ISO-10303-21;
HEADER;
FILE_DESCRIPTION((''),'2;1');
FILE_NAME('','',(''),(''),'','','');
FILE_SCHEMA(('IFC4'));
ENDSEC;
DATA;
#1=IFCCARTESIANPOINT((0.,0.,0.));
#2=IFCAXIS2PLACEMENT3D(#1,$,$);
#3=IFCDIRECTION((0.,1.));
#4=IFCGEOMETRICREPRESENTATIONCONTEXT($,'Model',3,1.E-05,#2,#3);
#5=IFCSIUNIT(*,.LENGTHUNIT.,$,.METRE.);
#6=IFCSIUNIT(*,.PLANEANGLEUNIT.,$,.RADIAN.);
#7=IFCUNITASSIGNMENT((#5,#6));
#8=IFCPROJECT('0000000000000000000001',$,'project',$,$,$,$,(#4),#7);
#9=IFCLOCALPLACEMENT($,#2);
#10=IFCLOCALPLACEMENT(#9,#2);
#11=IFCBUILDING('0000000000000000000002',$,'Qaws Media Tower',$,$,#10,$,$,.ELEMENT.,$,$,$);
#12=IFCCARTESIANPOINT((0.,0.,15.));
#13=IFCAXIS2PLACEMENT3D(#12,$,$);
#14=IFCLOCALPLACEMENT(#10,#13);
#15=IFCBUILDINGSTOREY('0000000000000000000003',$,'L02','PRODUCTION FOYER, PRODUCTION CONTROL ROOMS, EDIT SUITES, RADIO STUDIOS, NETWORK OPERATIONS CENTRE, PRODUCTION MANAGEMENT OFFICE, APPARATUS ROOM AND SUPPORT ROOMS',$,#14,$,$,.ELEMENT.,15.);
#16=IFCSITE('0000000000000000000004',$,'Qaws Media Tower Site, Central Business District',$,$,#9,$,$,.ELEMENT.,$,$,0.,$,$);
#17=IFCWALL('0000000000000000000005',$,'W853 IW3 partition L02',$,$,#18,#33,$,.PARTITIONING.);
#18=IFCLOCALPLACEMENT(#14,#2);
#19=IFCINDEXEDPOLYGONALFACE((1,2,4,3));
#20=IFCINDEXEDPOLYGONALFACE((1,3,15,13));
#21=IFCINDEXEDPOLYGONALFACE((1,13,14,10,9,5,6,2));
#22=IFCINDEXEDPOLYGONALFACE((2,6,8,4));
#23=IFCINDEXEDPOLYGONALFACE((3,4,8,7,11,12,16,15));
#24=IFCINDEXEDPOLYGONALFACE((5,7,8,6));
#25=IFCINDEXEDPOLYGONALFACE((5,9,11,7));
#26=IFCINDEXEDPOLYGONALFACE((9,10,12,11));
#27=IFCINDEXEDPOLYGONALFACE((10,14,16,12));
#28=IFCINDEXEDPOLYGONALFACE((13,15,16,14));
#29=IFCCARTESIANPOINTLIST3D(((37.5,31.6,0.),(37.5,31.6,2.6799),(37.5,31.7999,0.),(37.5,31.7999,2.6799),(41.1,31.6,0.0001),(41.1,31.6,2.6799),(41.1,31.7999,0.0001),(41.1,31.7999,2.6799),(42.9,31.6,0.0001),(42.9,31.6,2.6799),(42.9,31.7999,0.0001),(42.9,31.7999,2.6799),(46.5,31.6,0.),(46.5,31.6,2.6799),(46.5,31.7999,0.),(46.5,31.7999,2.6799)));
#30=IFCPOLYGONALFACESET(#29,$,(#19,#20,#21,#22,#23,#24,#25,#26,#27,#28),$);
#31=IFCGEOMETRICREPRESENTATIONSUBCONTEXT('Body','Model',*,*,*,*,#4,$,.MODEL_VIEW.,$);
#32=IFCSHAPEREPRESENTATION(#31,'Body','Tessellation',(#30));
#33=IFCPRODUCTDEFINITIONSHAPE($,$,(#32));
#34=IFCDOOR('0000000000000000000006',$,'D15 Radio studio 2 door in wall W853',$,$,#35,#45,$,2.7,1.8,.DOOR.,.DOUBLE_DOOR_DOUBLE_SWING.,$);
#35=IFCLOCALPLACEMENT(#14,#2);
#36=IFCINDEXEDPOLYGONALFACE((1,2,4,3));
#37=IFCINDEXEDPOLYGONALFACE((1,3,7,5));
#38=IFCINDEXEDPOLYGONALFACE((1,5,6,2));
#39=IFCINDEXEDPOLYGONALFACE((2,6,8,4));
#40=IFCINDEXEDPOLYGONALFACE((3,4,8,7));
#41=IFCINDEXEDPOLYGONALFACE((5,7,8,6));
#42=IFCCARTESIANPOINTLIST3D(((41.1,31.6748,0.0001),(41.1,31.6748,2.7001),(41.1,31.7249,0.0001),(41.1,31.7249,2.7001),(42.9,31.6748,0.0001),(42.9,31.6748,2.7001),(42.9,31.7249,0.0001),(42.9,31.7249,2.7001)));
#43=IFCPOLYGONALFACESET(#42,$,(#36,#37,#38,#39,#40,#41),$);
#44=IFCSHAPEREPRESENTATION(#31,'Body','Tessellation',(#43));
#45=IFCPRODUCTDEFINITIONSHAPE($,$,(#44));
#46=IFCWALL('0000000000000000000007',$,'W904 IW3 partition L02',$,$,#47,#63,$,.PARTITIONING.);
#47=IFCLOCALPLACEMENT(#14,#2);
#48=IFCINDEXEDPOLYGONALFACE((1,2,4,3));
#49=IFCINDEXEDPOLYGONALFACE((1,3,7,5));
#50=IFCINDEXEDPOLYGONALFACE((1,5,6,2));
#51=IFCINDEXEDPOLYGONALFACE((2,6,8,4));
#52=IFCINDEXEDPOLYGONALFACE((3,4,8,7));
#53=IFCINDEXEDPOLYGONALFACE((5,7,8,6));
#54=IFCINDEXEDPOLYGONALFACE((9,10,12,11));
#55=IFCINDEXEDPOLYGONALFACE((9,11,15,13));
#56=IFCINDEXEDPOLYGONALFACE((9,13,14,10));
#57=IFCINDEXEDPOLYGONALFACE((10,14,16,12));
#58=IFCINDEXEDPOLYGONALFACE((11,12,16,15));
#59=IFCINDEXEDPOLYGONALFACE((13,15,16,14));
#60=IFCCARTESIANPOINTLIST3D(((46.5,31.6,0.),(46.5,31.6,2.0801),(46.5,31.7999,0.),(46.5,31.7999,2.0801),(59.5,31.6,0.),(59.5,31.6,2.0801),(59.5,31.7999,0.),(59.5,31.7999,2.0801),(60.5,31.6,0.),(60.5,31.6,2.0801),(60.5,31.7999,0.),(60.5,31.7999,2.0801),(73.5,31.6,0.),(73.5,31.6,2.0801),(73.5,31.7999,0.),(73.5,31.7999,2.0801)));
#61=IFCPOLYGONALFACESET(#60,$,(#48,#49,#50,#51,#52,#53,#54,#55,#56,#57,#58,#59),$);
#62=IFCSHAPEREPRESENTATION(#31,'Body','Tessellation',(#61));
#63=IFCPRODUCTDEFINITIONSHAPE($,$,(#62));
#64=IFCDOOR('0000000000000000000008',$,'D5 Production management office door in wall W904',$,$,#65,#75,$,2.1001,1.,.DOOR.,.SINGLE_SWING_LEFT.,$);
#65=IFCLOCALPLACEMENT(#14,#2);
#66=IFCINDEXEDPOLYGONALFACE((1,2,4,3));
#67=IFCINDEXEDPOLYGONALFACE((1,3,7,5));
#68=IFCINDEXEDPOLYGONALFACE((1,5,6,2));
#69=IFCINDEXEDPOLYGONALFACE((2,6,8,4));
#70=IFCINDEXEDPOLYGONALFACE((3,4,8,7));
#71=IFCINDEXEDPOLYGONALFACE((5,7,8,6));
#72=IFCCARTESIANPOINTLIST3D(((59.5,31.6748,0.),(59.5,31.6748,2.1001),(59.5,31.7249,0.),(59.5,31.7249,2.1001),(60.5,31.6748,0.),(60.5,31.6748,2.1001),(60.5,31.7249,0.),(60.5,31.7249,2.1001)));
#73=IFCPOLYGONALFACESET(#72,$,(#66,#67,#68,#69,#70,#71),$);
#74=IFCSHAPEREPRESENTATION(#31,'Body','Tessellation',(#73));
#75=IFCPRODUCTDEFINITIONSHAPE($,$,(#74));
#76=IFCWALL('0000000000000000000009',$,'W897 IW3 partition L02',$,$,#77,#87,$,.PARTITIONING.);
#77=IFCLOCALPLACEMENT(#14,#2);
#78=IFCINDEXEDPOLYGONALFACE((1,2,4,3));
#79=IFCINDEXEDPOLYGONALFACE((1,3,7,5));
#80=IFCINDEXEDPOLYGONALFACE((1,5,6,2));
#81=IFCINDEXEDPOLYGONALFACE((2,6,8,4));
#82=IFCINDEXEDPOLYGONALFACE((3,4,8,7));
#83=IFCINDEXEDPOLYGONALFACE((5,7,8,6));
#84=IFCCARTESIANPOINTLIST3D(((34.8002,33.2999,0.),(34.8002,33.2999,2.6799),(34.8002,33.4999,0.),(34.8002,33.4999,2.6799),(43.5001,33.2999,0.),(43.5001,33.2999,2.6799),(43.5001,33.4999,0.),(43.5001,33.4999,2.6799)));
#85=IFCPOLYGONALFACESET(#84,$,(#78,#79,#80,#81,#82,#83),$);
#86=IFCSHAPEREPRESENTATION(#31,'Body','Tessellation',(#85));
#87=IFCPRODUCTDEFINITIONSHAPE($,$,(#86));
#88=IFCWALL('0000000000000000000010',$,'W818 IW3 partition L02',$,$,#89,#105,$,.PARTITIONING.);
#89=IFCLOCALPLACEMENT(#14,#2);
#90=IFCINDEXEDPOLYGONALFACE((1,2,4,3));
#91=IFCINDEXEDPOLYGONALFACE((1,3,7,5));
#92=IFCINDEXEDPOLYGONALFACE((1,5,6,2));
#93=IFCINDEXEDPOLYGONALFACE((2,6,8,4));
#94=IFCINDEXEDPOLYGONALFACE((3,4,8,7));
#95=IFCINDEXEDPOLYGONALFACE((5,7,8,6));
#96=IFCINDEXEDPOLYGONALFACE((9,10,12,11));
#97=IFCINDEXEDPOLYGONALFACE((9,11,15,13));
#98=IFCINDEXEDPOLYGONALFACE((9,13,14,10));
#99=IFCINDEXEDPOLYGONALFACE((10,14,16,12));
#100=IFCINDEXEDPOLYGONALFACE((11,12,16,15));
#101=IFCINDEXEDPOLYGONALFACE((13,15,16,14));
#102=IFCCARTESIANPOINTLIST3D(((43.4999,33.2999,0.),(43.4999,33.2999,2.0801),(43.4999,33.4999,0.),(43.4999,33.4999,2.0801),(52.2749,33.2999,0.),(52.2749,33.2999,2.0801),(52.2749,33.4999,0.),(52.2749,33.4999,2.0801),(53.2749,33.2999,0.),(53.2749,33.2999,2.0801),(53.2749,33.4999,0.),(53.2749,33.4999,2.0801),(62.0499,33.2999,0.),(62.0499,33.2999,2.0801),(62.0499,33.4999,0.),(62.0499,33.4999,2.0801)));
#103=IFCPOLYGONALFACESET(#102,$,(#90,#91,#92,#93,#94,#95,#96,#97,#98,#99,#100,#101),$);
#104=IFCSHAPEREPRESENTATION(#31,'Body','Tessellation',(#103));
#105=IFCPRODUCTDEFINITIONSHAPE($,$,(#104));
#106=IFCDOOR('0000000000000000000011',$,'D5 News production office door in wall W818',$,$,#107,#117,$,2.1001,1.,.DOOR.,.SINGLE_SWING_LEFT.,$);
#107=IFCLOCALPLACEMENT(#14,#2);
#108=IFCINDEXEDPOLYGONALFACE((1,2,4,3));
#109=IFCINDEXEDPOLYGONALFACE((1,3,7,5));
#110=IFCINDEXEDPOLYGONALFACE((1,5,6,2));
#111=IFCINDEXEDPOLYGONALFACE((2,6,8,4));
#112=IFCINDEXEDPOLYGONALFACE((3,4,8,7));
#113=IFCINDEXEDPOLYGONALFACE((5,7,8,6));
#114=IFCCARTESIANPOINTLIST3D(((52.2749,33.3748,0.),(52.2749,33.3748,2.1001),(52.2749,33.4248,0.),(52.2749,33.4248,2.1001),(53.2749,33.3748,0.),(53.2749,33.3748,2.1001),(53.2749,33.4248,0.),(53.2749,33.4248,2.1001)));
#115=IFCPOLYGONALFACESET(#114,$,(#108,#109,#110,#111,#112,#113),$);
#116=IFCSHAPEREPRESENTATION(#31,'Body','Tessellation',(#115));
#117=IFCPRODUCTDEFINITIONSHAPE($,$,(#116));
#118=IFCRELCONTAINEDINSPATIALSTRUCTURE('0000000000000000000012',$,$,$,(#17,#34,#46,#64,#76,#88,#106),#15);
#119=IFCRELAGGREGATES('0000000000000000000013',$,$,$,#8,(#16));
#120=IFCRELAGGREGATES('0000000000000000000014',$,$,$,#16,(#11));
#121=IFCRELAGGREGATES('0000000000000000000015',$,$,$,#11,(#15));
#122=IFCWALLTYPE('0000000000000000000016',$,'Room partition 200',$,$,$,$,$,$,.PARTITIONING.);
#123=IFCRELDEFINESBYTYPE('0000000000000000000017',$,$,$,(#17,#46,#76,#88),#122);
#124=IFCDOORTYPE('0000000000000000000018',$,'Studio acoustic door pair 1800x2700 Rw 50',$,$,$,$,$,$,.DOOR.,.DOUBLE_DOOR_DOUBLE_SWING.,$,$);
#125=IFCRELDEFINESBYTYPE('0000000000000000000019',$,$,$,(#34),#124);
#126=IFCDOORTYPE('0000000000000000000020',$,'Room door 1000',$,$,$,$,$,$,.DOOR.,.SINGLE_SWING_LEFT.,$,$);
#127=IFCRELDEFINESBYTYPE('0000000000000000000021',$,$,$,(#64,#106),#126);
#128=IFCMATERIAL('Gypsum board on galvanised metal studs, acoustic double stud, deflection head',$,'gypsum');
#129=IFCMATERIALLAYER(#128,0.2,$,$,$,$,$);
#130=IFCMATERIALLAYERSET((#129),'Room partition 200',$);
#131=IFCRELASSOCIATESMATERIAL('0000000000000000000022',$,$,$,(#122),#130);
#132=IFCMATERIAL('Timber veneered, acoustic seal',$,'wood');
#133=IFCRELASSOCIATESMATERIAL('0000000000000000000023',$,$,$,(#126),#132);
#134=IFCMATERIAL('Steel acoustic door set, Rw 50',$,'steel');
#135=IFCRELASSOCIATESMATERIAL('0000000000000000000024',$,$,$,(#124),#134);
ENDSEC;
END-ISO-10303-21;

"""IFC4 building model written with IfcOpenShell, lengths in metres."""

from ifc_helpers import new_model, si_unit, direction, frame, frame_2d, origin, place, context, subcontext, project, spatial, rectangle, extrude, material, layer, layer_set, type_object, element, fill, save


model = new_model("IFC4")

# Units and contexts
model_context = context("Model", 3, precision=1e-05, world=origin(), true_north=direction((0.0, 1.0)))
body_context = subcontext(model_context, "Body", "Model", "MODEL_VIEW")
ifc_project = project(units=[si_unit("LENGTHUNIT", "METRE"), si_unit("PLANEANGLEUNIT", "RADIAN")], contexts=[model_context])

# Site, building, storey
site_placement = place(None, origin())
site = spatial("IfcSite", under=ifc_project, at=site_placement, Name="Qaws Media Tower Site, Central Business District", CompositionType="ELEMENT", RefElevation=0.0)
building_placement = place(site_placement, origin())
building = spatial("IfcBuilding", under=site, at=building_placement, Name="Qaws Media Tower", CompositionType="ELEMENT")
storey_placement = place(building_placement, frame((0.0, 0.0, 15.0)))
storey = spatial("IfcBuildingStorey", under=building, at=storey_placement, Name="L02", Description="PRODUCTION FOYER, PRODUCTION CONTROL ROOMS, EDIT SUITES, RADIO STUDIOS, NETWORK OPERATIONS CENTRE, PRODUCTION MANAGEMENT OFFICE, APPARATUS ROOM AND SUPPORT ROOMS", CompositionType="ELEMENT", Elevation=15.0)

# Shared definitions
ifc_material_1 = material(Name="Gypsum board on galvanised metal studs, acoustic double stud, deflection head", Category="gypsum")
ifc_layer = layer(ifc_material_1, 0.2)
ifc_layer_set = layer_set([ifc_layer], Name="Room partition 200")
wall_type = type_object("IfcWallType", Name="Room partition 200", PredefinedType="PARTITIONING", material=ifc_layer_set)
ifc_material_2 = material(Name="Timber veneered, acoustic seal", Category="wood")
door_type_1 = type_object("IfcDoorType", Name="Room door 1000", OperationType="SINGLE_SWING_LEFT", PredefinedType="DOOR", material=ifc_material_2)

# Walls, openings, doors
wall_1_placement = place(storey_placement, frame((37.5, 31.7, 0.0), z_axis=(0.0, 0.0, 1.0), x_axis=(1.0, 0.0, 0.0)))
wall_1 = element("IfcWall", 1, at=wall_1_placement, inside=storey, type_object=wall_type, Name="W853 IW3 partition L02", PredefinedType="PARTITIONING", context=body_context, shape_type="SweptSolid", body=[
    extrude(rectangle(XDim=9.0, YDim=0.2, at=frame_2d((4.5, 0.0))), origin(), (0.0, 0.0, 1.0), 2.6799),
])
opening_1_placement = place(wall_1_placement, frame((3.6001, 0.0, 0.0)))
opening_1 = element("IfcOpeningElement", 2, at=opening_1_placement, cuts=wall_1, PredefinedType="OPENING", context=body_context, shape_type="SweptSolid", body=[
    extrude(rectangle(XDim=1.8, YDim=2.7, at=frame_2d((0.8999, 1.3501))), frame((0.0, 0.1099, 0.0), z_axis=(0.0, -1.0, 0.0), x_axis=(1.0, 0.0, 0.0)), (0.0, 0.0, 1.0), 0.22),
])
ifc_material_3 = material(Name="Steel acoustic door set, Rw 50", Category="steel")
door_type_2 = type_object("IfcDoorType", Name="Studio acoustic door pair 1800x2700 Rw 50", OperationType="DOUBLE_DOOR_DOUBLE_SWING", PredefinedType="DOOR", material=ifc_material_3)
door_1_placement = place(opening_1_placement, origin())
door_1 = element("IfcDoor", 3, at=door_1_placement, inside=storey, type_object=door_type_2, Name="D15 Radio studio 2 door in wall W853", OperationType="DOUBLE_DOOR_DOUBLE_SWING", OverallHeight=2.7, OverallWidth=1.8, PredefinedType="DOOR", context=body_context, shape_type="SweptSolid", body=[
    extrude(rectangle(XDim=1.8, YDim=2.7, at=frame_2d((0.8999, 1.3501))), frame((0.0, 0.0249, 0.0), z_axis=(0.0, -1.0, 0.0), x_axis=(1.0, 0.0, 0.0)), (0.0, 0.0, 1.0), 0.05),
])
fill(opening_1, door_1)
wall_2_placement = place(storey_placement, frame((46.5, 31.7, 0.0), z_axis=(0.0, 0.0, 1.0), x_axis=(1.0, 0.0, 0.0)))
wall_2 = element("IfcWall", 4, at=wall_2_placement, inside=storey, type_object=wall_type, Name="W904 IW3 partition L02", PredefinedType="PARTITIONING", context=body_context, shape_type="SweptSolid", body=[
    extrude(rectangle(XDim=27.0, YDim=0.2, at=frame_2d((13.5, 0.0))), origin(), (0.0, 0.0, 1.0), 2.0801),
])
opening_2_placement = place(wall_2_placement, frame((13.0, 0.0, 0.0)))
opening_2 = element("IfcOpeningElement", 5, at=opening_2_placement, cuts=wall_2, PredefinedType="OPENING", context=body_context, shape_type="SweptSolid", body=[
    extrude(rectangle(XDim=1.0, YDim=2.1001, at=frame_2d((0.5, 1.05))), frame((0.0, 0.1099, 0.0), z_axis=(0.0, -1.0, 0.0), x_axis=(1.0, 0.0, 0.0)), (0.0, 0.0, 1.0), 0.22),
])
door_2_placement = place(opening_2_placement, origin())
door_2 = element("IfcDoor", 6, at=door_2_placement, inside=storey, type_object=door_type_1, Name="D5 Production management office door in wall W904", OperationType="SINGLE_SWING_LEFT", OverallHeight=2.1001, OverallWidth=1.0, PredefinedType="DOOR", context=body_context, shape_type="SweptSolid", body=[
    extrude(rectangle(XDim=1.0, YDim=2.1001, at=frame_2d((0.5, 1.05))), frame((0.0, 0.0249, 0.0), z_axis=(0.0, -1.0, 0.0), x_axis=(1.0, 0.0, 0.0)), (0.0, 0.0, 1.0), 0.05),
])
fill(opening_2, door_2)

# Wall
wall_3_placement = place(storey_placement, frame((34.8, 33.3999, 0.0), z_axis=(0.0, 0.0, 1.0), x_axis=(1.0, 0.0, 0.0)))
element("IfcWall", 7, at=wall_3_placement, inside=storey, type_object=wall_type, Name="W897 IW3 partition L02", PredefinedType="PARTITIONING", context=body_context, shape_type="SweptSolid", body=[
    extrude(rectangle(XDim=8.7, YDim=0.2, at=frame_2d((4.3501, 0.0))), origin(), (0.0, 0.0, 1.0), 2.6799),
])

# Wall, opening, door
wall_4_placement = place(storey_placement, frame((43.5, 33.3999, 0.0), z_axis=(0.0, 0.0, 1.0), x_axis=(1.0, 0.0, 0.0)))
wall_4 = element("IfcWall", 8, at=wall_4_placement, inside=storey, type_object=wall_type, Name="W818 IW3 partition L02", PredefinedType="PARTITIONING", context=body_context, shape_type="SweptSolid", body=[
    extrude(rectangle(XDim=18.55, YDim=0.2, at=frame_2d((9.2749, 0.0))), origin(), (0.0, 0.0, 1.0), 2.0801),
])
opening_3_placement = place(wall_4_placement, frame((8.7749, 0.0, 0.0)))
opening_3 = element("IfcOpeningElement", 9, at=opening_3_placement, cuts=wall_4, PredefinedType="OPENING", context=body_context, shape_type="SweptSolid", body=[
    extrude(rectangle(XDim=1.0, YDim=2.1001, at=frame_2d((0.5, 1.05))), frame((0.0, 0.1099, 0.0), z_axis=(0.0, -1.0, 0.0), x_axis=(1.0, 0.0, 0.0)), (0.0, 0.0, 1.0), 0.22),
])
door_3_placement = place(opening_3_placement, origin())
door_3 = element("IfcDoor", 10, at=door_3_placement, inside=storey, type_object=door_type_1, Name="D5 News production office door in wall W818", OperationType="SINGLE_SWING_LEFT", OverallHeight=2.1001, OverallWidth=1.0, PredefinedType="DOOR", context=body_context, shape_type="SweptSolid", body=[
    extrude(rectangle(XDim=1.0, YDim=2.1001, at=frame_2d((0.5, 1.05))), frame((0.0, 0.0249, 0.0), z_axis=(0.0, -1.0, 0.0), x_axis=(1.0, 0.0, 0.0)), (0.0, 0.0, 1.0), 0.05),
])
fill(opening_3, door_3)

save(model, "model.ifc")
